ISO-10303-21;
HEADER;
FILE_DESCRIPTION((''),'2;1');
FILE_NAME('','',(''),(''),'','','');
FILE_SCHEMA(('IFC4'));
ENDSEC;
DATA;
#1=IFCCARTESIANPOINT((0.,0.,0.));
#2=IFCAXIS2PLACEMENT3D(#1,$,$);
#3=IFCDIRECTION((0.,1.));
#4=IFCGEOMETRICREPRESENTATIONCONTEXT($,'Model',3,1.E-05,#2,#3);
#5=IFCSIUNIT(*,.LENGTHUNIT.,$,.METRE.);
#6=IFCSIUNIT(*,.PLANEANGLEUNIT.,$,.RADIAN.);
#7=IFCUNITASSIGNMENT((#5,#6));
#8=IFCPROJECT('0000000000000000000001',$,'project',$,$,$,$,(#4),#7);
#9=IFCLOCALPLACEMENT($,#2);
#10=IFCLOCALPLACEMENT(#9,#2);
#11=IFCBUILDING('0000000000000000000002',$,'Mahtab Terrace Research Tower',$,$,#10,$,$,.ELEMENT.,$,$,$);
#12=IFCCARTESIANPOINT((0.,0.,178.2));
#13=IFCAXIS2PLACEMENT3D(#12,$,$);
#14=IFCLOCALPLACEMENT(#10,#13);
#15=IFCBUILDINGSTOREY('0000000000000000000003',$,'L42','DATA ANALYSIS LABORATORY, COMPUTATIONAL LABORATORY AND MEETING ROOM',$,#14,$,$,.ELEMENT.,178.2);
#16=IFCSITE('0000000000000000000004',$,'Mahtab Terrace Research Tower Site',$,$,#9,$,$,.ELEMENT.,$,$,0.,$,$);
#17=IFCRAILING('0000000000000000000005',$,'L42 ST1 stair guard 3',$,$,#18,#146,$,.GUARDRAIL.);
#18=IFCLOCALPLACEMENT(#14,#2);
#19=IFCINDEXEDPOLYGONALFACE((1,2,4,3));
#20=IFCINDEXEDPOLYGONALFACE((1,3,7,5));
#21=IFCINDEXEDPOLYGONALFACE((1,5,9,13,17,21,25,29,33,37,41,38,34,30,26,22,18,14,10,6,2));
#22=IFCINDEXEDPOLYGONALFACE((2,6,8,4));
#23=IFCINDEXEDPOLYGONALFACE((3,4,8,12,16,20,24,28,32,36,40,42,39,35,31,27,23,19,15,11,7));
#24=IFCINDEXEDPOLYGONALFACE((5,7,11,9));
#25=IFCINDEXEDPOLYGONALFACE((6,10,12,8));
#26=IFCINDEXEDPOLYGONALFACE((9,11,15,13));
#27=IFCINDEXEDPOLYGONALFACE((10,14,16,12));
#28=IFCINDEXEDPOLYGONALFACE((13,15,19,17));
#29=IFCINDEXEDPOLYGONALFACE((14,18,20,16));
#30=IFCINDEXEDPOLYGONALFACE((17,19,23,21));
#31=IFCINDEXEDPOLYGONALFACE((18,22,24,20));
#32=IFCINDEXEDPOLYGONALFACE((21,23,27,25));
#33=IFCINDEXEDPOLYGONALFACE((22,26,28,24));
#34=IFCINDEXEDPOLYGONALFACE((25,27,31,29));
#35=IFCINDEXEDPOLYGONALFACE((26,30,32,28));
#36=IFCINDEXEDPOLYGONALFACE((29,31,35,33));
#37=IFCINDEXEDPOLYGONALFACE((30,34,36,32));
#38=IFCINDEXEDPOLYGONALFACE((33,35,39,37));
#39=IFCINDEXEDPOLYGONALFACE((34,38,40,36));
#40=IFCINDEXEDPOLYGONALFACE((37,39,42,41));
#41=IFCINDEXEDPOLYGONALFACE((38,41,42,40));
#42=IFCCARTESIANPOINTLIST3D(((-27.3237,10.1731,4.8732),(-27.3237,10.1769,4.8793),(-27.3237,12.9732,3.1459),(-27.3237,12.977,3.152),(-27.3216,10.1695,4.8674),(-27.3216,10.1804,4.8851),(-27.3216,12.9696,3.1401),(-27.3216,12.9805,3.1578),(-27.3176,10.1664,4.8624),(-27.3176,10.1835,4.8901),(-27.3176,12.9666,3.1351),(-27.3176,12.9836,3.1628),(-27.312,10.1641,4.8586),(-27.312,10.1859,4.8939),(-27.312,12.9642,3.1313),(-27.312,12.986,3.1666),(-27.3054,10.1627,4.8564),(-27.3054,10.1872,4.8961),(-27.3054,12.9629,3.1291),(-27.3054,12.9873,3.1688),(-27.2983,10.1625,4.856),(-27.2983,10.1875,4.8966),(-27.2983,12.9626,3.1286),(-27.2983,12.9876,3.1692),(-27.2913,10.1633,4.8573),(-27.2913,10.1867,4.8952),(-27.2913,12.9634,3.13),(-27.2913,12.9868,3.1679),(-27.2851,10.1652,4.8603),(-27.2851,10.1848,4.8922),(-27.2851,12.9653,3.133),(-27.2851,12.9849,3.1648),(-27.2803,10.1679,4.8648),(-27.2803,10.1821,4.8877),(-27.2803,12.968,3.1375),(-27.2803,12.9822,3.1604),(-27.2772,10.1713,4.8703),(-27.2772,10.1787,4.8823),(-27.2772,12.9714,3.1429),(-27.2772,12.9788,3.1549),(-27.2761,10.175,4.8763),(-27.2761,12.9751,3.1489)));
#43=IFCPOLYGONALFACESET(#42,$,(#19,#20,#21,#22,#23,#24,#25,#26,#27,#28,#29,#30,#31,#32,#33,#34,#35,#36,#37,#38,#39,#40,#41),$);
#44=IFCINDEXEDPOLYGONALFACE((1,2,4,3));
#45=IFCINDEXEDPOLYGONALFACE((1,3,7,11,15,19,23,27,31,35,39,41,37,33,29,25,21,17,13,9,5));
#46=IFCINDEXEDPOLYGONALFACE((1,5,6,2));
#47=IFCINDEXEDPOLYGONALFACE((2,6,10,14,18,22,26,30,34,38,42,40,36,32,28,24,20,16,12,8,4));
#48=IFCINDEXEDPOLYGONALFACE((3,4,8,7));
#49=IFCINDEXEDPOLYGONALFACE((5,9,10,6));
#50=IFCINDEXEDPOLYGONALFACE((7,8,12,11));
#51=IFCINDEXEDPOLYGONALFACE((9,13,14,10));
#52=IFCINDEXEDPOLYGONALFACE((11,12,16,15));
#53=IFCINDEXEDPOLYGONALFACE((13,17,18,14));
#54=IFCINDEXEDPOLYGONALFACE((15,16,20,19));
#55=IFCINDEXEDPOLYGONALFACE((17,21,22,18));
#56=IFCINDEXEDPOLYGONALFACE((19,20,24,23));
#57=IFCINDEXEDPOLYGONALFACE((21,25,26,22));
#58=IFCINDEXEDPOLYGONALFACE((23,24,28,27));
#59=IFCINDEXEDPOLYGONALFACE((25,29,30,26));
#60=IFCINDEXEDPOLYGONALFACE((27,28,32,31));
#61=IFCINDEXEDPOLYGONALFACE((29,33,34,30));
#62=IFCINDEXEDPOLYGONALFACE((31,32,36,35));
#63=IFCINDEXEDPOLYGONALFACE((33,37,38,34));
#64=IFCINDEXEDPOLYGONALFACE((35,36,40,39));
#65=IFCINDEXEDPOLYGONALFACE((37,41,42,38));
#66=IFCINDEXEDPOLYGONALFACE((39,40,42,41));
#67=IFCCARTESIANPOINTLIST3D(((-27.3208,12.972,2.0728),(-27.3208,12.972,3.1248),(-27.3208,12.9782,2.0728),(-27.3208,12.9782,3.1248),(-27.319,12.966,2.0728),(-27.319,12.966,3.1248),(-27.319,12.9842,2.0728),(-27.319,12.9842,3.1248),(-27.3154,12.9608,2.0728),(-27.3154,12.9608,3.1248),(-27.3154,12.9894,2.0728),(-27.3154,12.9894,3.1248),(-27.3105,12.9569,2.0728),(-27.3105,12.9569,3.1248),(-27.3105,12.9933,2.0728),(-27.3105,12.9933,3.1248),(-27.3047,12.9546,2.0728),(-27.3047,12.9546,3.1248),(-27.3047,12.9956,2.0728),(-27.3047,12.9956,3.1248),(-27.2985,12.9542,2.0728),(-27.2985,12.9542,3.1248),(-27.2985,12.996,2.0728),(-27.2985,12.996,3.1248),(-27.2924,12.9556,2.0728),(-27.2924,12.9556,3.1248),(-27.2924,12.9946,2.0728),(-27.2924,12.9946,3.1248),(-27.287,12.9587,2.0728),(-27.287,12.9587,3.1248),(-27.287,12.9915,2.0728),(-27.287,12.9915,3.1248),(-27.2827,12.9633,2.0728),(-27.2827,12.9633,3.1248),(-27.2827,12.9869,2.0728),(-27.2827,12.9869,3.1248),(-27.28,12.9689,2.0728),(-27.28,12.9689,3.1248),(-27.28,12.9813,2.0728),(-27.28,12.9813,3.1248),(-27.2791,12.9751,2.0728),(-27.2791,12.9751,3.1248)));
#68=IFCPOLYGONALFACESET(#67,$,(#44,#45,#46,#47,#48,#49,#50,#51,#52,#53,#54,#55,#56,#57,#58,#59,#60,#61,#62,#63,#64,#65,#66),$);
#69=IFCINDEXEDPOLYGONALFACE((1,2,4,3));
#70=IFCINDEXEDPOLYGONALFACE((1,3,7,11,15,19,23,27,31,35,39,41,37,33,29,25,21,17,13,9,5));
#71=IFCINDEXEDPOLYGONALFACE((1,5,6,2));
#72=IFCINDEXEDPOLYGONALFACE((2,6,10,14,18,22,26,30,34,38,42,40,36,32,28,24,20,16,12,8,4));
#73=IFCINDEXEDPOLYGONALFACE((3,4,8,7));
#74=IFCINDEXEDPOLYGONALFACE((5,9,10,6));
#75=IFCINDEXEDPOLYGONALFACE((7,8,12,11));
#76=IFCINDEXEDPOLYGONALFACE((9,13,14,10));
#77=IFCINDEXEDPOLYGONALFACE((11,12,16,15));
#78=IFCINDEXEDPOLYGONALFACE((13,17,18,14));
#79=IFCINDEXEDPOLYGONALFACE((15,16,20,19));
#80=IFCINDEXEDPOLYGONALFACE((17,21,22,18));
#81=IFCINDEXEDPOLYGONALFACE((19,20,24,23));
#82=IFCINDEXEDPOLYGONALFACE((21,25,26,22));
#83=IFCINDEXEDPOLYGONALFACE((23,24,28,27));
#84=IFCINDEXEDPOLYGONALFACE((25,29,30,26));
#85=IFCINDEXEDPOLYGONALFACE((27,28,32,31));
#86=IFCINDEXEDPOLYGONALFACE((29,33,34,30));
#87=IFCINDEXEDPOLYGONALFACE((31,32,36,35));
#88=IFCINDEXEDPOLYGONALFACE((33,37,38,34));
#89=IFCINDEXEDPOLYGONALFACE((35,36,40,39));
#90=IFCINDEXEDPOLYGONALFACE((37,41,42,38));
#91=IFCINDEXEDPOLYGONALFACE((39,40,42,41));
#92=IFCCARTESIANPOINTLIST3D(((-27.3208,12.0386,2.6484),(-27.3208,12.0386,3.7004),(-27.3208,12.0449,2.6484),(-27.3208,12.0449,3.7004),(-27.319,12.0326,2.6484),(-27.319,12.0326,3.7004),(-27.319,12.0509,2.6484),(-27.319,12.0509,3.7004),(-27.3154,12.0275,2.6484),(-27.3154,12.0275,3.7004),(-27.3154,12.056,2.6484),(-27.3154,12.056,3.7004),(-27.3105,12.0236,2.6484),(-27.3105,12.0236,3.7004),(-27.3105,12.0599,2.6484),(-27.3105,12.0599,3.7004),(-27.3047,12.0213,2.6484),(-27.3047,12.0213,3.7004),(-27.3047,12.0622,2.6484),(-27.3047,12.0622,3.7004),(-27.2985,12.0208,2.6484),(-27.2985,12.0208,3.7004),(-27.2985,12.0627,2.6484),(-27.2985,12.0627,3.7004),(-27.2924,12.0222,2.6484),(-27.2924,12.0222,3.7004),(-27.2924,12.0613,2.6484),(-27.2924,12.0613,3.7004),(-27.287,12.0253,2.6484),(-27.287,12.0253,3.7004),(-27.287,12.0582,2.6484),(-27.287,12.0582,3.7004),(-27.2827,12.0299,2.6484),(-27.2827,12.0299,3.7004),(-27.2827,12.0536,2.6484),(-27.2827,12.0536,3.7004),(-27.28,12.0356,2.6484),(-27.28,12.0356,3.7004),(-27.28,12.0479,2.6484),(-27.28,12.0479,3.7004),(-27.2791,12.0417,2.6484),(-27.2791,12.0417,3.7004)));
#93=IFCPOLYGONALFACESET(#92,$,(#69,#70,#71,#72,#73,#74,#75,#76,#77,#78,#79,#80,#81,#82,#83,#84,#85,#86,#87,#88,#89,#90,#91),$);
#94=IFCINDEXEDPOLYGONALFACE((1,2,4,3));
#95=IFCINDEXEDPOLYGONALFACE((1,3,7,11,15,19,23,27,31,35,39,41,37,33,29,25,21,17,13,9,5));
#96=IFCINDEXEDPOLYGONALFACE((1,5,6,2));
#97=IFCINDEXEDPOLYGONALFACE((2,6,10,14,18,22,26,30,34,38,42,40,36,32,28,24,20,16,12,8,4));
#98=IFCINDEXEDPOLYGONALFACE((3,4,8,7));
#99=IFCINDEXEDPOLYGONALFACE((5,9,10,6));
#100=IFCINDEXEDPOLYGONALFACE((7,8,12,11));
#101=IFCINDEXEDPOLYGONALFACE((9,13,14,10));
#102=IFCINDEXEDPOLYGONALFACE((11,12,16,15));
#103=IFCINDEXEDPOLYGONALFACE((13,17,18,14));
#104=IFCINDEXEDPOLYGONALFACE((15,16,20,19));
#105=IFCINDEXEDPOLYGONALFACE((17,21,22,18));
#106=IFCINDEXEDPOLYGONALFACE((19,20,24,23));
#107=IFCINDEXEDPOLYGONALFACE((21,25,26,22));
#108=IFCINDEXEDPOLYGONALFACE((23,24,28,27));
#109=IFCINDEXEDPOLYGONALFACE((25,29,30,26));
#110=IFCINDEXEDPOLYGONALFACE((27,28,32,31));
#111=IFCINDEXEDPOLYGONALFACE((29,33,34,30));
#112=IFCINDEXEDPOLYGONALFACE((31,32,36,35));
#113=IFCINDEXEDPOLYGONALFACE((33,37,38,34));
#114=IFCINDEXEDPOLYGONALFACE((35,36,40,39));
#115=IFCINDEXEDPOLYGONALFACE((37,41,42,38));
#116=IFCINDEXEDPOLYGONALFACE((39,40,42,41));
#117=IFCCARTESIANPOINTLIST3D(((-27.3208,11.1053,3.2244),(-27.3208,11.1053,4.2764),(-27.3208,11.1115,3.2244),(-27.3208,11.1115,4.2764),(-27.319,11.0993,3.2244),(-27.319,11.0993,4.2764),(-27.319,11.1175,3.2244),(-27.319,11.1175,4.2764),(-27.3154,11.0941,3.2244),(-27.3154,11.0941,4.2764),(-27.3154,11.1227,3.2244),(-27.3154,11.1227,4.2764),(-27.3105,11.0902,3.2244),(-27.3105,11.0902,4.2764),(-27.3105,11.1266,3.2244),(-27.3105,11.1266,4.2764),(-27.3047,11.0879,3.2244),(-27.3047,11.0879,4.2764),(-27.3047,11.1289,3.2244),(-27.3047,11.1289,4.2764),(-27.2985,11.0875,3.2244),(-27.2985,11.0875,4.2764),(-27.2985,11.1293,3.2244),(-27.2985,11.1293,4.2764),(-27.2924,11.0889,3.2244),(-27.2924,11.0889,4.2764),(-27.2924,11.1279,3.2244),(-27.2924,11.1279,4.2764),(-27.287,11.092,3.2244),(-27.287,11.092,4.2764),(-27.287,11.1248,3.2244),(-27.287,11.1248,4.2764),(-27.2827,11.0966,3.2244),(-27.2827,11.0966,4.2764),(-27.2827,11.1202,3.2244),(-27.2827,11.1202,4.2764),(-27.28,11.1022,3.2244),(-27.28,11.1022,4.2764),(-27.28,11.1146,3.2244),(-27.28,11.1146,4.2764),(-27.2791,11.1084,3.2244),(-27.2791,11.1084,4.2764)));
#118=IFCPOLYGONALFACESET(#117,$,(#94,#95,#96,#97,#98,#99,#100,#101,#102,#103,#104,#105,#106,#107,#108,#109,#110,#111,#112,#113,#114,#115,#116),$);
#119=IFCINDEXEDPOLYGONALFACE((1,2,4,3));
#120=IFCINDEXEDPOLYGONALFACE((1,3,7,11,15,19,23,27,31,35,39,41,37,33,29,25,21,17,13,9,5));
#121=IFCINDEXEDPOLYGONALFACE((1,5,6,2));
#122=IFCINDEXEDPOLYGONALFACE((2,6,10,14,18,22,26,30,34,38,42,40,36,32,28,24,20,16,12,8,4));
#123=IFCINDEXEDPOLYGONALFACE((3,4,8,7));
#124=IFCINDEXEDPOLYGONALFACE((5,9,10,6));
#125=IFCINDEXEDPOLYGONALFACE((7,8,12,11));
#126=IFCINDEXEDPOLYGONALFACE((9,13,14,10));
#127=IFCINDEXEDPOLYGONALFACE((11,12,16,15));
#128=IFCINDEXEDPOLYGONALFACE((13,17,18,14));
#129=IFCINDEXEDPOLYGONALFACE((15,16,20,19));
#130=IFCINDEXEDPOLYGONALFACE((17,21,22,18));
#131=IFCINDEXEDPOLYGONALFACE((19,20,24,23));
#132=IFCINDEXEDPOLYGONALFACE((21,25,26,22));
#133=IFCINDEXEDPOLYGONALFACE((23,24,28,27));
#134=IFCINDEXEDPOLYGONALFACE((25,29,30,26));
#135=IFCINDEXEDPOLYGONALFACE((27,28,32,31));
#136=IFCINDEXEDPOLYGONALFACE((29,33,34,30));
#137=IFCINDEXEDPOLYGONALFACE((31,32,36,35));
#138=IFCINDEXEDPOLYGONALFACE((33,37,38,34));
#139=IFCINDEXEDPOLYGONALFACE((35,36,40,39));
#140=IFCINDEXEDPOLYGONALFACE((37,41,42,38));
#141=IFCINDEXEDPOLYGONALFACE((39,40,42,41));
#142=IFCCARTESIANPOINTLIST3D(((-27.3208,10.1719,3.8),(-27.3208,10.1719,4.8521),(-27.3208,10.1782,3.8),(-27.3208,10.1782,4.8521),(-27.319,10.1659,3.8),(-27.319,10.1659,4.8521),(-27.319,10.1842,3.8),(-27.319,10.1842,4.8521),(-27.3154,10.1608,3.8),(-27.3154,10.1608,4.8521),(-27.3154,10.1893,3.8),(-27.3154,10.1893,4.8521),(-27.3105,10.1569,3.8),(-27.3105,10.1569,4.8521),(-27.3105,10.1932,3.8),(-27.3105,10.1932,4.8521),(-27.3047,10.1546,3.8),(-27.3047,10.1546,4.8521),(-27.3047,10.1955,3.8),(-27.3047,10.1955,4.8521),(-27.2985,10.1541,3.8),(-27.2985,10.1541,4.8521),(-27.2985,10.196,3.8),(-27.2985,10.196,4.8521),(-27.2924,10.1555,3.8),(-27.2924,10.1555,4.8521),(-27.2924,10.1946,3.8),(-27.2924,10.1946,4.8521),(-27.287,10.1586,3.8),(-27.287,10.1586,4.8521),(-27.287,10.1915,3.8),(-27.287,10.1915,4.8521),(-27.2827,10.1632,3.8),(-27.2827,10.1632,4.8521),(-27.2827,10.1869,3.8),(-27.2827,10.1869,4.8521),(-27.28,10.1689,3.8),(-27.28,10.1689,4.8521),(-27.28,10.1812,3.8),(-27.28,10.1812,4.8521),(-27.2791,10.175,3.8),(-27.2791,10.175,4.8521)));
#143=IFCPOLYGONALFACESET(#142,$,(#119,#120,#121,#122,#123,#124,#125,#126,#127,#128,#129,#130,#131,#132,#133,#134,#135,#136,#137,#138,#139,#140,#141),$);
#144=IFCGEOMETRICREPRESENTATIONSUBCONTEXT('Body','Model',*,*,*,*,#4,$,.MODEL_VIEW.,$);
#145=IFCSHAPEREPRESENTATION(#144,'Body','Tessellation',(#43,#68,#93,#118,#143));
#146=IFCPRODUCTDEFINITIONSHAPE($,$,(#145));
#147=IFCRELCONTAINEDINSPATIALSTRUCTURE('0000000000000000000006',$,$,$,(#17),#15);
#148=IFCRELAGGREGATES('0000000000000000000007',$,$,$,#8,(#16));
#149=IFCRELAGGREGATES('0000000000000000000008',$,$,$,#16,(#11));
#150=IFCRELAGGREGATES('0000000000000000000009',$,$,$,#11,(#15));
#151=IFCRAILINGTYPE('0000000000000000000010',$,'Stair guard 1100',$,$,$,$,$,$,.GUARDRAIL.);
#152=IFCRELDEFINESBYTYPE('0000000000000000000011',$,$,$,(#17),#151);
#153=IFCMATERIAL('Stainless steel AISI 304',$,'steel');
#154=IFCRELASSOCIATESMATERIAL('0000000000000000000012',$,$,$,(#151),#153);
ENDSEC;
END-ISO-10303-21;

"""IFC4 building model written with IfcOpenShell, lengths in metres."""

from ifc_helpers import new_model, si_unit, direction, frame, origin, origin_2d, place, context, subcontext, project, spatial, circle, extrude, material, type_object, element, save


model = new_model("IFC4")

# Units and contexts
model_context = context("Model", 3, precision=1e-05, world=origin(), true_north=direction((0.0, 1.0)))
body_context = subcontext(model_context, "Body", "Model", "MODEL_VIEW")
ifc_project = project(units=[si_unit("LENGTHUNIT", "METRE"), si_unit("PLANEANGLEUNIT", "RADIAN")], contexts=[model_context])

# Site, building, storey
site_placement = place(None, origin())
site = spatial("IfcSite", under=ifc_project, at=site_placement, Name="Mahtab Terrace Research Tower Site", CompositionType="ELEMENT", RefElevation=0.0)
building_placement = place(site_placement, origin())
building = spatial("IfcBuilding", under=site, at=building_placement, Name="Mahtab Terrace Research Tower", CompositionType="ELEMENT")
storey_placement = place(building_placement, frame((0.0, 0.0, 178.2)))
storey = spatial("IfcBuildingStorey", under=building, at=storey_placement, Name="L42", Description="DATA ANALYSIS LABORATORY, COMPUTATIONAL LABORATORY AND MEETING ROOM", CompositionType="ELEMENT", Elevation=178.2)

# Railing
ifc_material_1 = material(Name="Stainless steel AISI 304", Category="steel")
railing_type_1 = type_object("IfcRailingType", Name="Stair guard 1100", PredefinedType="GUARDRAIL", material=ifc_material_1)
railing_1_placement = place(storey_placement, frame((-27.3, 12.9751, 2.0728)))
element("IfcRailing", 1, at=railing_1_placement, inside=storey, type_object=railing_type_1, Name="L42 ST1 stair guard 3", PredefinedType="GUARDRAIL", context=body_context, shape_type="SweptSolid", body=[
    extrude(circle(Radius=0.0239, at=origin_2d()), frame((0.0, 0.0, 1.0762), z_axis=(0.0, -0.85109, 0.52502), x_axis=(1.0, 0.0, 0.0)), (0.0, 0.0, 1.0), 3.29),
    extrude(circle(Radius=0.021, at=origin_2d()), origin(), (0.0, 0.0, 1.0), 1.052),
    extrude(circle(Radius=0.021, at=origin_2d()), frame((0.0, -0.9333, 0.5757)), (0.0, 0.0, 1.0), 1.052),
    extrude(circle(Radius=0.021, at=origin_2d()), frame((0.0, -1.8667, 1.1516)), (0.0, 0.0, 1.0), 1.052),
    extrude(circle(Radius=0.021, at=origin_2d()), frame((0.0, -2.8, 1.7273)), (0.0, 0.0, 1.0), 1.052),
])

save(model, "model.ifc")
